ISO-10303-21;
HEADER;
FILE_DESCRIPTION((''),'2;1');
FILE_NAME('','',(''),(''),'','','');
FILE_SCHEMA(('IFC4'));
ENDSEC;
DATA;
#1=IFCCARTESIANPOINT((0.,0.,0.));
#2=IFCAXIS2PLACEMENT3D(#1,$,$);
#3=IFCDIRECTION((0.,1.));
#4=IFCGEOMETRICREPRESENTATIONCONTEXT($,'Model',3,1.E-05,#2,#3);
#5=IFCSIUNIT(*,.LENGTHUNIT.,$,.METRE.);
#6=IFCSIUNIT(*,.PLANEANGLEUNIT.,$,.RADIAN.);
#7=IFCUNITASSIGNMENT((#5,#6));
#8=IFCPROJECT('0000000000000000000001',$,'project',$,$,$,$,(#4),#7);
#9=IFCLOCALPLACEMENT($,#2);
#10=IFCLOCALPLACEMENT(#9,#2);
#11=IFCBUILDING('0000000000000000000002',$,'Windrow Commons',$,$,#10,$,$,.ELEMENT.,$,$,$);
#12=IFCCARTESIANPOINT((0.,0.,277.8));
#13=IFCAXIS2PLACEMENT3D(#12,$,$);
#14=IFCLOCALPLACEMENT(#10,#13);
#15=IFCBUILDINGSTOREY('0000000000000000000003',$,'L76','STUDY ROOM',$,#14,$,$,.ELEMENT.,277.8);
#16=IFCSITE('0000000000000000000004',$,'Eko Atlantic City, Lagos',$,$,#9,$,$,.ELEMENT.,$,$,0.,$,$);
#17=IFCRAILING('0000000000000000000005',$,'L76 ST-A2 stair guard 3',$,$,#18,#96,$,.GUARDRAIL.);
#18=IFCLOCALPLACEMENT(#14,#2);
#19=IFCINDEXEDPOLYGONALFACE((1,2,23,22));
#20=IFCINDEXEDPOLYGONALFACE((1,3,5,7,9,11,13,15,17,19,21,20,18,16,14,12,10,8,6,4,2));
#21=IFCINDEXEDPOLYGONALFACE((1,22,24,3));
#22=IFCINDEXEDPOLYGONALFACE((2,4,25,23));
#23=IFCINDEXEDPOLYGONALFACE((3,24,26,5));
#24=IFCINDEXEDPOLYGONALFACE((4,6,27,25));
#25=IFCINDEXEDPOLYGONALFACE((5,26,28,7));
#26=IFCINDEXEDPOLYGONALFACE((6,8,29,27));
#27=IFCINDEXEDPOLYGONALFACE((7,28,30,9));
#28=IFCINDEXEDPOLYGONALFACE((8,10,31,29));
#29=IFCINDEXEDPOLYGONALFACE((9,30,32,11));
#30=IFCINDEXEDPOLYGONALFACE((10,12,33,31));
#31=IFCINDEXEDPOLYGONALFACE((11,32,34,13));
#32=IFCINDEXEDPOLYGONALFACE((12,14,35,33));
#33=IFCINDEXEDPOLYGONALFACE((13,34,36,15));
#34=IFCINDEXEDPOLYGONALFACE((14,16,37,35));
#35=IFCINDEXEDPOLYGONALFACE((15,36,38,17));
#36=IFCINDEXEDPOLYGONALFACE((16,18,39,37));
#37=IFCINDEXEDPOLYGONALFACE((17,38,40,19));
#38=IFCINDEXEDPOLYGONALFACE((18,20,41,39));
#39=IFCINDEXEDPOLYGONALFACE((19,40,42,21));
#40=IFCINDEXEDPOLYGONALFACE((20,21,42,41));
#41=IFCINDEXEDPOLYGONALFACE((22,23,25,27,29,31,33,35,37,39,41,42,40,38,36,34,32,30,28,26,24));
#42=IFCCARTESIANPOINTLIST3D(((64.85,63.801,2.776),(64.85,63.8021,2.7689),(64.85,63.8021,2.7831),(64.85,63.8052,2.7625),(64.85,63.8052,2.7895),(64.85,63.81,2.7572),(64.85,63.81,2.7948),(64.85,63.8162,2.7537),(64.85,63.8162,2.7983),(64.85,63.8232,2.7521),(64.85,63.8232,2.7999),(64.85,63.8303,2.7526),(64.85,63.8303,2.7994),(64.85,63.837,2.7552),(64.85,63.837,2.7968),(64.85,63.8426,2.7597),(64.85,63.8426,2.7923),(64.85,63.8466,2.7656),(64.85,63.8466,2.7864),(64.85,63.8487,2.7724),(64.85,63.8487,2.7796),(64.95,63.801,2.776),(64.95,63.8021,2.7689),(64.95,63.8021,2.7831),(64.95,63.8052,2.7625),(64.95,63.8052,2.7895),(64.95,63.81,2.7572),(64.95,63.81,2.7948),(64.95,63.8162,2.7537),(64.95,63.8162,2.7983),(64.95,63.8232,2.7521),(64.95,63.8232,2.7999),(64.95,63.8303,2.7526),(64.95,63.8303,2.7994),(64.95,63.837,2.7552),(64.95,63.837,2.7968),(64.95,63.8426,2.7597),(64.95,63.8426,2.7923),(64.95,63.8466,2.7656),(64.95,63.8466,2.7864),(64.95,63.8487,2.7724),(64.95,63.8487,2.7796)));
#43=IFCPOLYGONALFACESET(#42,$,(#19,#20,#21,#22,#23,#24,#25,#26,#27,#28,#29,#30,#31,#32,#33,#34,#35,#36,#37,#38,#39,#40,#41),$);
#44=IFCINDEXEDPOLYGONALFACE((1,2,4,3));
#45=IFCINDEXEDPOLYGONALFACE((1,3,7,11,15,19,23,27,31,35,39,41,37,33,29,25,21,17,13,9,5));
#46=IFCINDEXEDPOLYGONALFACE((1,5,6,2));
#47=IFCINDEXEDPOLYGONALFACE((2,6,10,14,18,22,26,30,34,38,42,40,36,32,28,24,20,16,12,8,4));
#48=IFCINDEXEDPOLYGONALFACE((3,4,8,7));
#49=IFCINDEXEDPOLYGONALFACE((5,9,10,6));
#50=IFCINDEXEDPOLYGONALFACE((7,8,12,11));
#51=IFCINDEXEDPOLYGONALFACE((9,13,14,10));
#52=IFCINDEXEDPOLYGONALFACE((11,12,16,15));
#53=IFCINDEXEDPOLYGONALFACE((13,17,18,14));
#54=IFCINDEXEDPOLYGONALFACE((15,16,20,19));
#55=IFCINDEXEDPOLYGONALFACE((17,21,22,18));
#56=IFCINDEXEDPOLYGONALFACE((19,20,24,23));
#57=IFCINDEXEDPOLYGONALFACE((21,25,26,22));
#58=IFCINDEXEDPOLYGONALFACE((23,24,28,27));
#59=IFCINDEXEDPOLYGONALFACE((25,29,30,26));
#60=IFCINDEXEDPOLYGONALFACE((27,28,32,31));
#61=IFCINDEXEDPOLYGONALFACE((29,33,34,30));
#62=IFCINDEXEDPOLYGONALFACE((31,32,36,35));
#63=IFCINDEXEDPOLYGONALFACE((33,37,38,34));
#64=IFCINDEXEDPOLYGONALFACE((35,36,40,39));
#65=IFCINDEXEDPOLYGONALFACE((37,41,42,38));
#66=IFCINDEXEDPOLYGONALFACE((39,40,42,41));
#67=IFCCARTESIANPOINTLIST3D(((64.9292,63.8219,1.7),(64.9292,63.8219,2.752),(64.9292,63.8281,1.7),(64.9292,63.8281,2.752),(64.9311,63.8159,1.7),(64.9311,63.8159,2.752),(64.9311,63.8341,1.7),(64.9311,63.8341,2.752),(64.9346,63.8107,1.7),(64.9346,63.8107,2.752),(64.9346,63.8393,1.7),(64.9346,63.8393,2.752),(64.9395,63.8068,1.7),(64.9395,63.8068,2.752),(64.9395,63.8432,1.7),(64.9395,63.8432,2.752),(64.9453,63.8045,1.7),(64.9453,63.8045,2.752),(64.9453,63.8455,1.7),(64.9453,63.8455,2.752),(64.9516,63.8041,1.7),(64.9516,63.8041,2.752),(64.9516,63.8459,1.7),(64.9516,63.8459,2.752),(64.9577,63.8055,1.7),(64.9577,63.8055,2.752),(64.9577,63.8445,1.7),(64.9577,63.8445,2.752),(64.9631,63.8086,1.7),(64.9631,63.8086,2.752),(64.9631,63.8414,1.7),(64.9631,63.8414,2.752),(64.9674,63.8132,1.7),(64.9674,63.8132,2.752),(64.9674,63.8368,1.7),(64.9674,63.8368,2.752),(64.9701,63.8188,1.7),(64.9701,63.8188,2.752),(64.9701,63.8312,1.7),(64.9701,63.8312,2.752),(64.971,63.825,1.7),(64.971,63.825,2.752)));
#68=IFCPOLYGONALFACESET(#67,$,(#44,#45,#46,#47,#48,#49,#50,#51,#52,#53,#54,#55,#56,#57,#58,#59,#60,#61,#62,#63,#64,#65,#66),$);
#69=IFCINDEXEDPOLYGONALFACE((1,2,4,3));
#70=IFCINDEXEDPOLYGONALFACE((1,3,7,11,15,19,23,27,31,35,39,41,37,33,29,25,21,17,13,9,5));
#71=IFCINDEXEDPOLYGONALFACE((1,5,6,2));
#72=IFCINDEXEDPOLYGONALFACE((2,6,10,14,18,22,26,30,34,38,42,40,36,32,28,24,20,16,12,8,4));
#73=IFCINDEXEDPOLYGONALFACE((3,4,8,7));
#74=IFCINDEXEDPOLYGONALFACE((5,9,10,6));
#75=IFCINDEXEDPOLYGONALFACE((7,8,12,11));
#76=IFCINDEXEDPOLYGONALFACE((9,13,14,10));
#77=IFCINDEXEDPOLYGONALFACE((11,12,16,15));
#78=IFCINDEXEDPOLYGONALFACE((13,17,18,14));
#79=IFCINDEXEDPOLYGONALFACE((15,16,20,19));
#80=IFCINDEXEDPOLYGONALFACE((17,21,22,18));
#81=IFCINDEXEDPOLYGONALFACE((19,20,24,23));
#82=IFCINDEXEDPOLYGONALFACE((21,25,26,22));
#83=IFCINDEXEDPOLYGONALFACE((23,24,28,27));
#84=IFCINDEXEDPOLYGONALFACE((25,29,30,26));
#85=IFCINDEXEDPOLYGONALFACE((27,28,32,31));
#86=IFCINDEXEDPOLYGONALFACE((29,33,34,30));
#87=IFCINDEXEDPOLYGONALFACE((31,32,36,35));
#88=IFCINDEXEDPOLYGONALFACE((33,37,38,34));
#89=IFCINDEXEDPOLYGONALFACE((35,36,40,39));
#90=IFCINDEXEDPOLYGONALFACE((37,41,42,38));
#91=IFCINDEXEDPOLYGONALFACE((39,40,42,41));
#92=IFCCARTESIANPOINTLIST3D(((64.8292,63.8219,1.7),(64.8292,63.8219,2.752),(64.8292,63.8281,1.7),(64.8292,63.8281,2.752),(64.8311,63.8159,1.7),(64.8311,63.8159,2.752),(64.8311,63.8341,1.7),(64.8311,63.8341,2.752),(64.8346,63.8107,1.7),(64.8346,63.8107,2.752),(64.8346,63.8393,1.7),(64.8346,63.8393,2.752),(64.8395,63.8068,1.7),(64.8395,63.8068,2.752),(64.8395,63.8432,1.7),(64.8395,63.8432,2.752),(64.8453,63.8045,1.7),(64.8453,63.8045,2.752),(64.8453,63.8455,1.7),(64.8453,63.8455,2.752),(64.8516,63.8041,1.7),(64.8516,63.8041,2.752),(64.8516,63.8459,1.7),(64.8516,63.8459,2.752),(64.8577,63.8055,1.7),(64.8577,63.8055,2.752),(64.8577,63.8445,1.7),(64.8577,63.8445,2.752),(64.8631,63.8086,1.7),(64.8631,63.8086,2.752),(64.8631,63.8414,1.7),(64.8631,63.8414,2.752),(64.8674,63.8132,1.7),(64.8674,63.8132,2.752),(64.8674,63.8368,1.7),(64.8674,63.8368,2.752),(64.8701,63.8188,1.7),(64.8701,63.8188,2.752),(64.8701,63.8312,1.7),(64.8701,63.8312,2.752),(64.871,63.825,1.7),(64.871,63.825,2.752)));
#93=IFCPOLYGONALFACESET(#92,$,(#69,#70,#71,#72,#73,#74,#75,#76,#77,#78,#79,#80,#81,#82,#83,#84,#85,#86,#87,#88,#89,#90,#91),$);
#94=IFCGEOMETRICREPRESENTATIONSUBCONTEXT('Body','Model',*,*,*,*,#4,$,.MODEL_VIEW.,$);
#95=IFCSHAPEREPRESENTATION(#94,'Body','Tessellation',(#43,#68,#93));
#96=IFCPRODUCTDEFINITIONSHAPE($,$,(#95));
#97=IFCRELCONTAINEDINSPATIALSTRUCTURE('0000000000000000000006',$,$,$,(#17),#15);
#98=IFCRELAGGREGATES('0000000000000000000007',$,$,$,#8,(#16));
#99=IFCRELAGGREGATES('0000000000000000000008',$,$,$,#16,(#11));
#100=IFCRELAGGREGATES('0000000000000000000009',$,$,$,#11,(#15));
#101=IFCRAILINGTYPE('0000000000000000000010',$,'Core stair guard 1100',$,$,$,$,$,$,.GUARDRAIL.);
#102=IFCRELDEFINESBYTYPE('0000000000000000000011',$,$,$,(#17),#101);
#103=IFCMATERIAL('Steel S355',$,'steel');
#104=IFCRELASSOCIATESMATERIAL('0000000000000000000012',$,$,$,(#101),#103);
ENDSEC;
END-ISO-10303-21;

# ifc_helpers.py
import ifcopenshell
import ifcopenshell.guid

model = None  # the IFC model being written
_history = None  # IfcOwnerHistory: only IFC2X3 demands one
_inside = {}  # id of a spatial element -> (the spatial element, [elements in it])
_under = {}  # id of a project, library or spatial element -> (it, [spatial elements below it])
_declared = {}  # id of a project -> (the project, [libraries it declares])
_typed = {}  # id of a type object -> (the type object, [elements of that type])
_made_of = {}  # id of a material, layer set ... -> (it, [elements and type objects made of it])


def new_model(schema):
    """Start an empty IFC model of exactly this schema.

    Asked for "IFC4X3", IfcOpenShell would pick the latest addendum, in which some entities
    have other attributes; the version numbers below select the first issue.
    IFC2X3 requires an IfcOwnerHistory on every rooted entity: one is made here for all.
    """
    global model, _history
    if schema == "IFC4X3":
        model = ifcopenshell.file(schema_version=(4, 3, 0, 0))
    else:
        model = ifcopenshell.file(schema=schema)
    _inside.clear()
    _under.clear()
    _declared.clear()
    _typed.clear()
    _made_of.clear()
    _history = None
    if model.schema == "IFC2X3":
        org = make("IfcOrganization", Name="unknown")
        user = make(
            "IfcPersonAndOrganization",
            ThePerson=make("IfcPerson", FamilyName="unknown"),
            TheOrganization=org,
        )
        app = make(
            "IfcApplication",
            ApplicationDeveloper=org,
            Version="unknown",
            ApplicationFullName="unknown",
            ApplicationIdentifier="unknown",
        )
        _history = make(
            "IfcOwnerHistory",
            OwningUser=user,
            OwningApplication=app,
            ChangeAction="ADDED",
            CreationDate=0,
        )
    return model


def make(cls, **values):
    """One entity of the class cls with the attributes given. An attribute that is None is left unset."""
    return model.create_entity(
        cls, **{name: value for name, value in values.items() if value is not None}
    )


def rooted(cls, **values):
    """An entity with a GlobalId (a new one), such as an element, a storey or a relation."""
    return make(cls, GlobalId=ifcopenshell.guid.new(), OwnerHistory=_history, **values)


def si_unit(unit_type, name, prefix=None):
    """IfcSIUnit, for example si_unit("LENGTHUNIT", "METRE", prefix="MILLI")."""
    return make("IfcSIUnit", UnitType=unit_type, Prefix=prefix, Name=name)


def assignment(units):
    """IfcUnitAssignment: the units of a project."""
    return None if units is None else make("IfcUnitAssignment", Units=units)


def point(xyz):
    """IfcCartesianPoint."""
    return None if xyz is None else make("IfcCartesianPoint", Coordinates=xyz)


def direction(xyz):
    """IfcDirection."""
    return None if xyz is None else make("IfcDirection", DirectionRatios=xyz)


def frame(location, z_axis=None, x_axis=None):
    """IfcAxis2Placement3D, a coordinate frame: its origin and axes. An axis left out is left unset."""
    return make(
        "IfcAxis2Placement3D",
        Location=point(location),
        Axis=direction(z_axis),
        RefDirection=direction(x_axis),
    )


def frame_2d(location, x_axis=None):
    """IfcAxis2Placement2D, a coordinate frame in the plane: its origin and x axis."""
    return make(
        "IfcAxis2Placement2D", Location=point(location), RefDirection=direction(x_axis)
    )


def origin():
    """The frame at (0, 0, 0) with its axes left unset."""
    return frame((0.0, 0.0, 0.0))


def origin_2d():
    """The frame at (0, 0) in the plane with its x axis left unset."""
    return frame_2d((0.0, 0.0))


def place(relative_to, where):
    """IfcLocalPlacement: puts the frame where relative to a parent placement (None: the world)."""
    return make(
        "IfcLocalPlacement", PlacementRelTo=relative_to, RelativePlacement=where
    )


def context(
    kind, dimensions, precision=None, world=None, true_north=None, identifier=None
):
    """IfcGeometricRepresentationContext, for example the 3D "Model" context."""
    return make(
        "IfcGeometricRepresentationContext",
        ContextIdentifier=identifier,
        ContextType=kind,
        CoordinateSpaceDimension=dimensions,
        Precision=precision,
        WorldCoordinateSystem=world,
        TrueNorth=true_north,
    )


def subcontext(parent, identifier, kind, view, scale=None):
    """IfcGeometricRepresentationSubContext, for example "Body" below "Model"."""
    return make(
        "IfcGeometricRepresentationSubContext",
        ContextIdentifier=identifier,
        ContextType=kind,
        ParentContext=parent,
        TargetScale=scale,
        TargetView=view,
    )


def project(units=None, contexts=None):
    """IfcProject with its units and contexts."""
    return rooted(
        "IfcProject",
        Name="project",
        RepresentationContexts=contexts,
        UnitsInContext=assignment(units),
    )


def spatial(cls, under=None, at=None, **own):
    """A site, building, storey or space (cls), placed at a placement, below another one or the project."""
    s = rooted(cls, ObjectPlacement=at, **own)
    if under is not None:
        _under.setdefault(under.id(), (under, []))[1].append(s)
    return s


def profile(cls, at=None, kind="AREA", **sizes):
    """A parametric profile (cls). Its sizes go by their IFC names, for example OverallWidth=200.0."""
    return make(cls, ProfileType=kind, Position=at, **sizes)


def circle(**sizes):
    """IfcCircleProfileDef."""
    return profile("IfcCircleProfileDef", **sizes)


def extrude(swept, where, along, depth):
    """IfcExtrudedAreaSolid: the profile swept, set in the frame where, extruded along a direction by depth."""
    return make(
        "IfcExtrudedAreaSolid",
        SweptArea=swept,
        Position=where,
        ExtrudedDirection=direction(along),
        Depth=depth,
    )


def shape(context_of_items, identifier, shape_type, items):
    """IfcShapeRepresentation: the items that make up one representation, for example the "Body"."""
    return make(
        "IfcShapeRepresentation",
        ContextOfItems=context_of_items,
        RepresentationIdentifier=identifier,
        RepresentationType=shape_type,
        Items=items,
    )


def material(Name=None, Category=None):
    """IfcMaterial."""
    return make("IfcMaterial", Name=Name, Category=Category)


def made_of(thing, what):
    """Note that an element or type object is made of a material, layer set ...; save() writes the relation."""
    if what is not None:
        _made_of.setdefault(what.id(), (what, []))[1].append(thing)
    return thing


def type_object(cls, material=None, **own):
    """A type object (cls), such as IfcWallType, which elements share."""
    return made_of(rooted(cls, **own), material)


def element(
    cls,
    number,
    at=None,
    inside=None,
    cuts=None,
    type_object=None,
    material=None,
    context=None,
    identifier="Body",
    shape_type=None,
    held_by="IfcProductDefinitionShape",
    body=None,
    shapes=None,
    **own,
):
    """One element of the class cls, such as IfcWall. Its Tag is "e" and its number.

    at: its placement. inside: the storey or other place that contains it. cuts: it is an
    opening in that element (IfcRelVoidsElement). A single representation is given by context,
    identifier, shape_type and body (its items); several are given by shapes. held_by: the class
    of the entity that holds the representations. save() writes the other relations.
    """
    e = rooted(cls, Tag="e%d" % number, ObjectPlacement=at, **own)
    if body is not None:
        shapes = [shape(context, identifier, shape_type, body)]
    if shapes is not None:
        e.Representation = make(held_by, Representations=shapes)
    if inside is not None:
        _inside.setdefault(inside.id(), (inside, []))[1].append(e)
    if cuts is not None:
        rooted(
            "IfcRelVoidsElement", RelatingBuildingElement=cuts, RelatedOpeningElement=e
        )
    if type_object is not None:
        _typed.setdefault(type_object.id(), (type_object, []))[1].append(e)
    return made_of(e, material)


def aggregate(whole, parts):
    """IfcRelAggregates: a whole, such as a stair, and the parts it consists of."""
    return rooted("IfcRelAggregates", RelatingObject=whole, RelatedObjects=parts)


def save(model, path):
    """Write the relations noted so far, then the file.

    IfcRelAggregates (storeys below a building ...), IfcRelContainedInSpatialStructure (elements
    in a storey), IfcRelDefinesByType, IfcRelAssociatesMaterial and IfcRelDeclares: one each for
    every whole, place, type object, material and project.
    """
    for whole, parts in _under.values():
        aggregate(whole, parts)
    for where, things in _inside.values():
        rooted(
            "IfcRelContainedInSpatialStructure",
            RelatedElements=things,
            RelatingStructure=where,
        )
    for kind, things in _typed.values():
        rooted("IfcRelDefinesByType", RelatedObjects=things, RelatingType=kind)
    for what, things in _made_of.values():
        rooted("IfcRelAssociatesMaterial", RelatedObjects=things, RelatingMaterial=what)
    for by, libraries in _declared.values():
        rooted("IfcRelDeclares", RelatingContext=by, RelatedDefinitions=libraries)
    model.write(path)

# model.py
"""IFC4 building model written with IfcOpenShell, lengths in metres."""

from ifc_helpers import new_model, si_unit, direction, frame, origin, origin_2d, place, context, subcontext, project, spatial, circle, extrude, material, type_object, element, save


model = new_model("IFC4")

# Units and contexts
model_context = context("Model", 3, precision=1e-05, world=origin(), true_north=direction((0.0, 1.0)))
body_context = subcontext(model_context, "Body", "Model", "MODEL_VIEW")
ifc_project = project(units=[si_unit("LENGTHUNIT", "METRE"), si_unit("PLANEANGLEUNIT", "RADIAN")], contexts=[model_context])

# Site, building, storey
site_placement = place(None, origin())
site = spatial("IfcSite", under=ifc_project, at=site_placement, Name="Eko Atlantic City, Lagos", CompositionType="ELEMENT", RefElevation=0.0)
building_placement = place(site_placement, origin())
building = spatial("IfcBuilding", under=site, at=building_placement, Name="Windrow Commons", CompositionType="ELEMENT")
storey_placement = place(building_placement, frame((0.0, 0.0, 277.8)))
storey = spatial("IfcBuildingStorey", under=building, at=storey_placement, Name="L76", Description="STUDY ROOM", CompositionType="ELEMENT", Elevation=277.8)

# Railing
ifc_material_1 = material(Name="Steel S355", Category="steel")
railing_type_1 = type_object("IfcRailingType", Name="Core stair guard 1100", PredefinedType="GUARDRAIL", material=ifc_material_1)
railing_1_placement = place(storey_placement, frame((64.95, 63.825, 1.7)))
element("IfcRailing", 1, at=railing_1_placement, inside=storey, type_object=railing_type_1, Name="L76 ST-A2 stair guard 3", PredefinedType="GUARDRAIL", context=body_context, shape_type="SweptSolid", body=[
    extrude(circle(Radius=0.024, at=origin_2d()), frame((0.0, 0.0, 1.076), z_axis=(-1.0, 0.0, 0.0), x_axis=(0.0, -1.0, 0.0)), (0.0, 0.0, 1.0), 0.1),
    extrude(circle(Radius=0.021, at=origin_2d()), origin(), (0.0, 0.0, 1.0), 1.052),
    extrude(circle(Radius=0.021, at=origin_2d()), frame((-0.1, 0.0, 0.0)), (0.0, 0.0, 1.0), 1.052),
])

save(model, "model.ifc")
